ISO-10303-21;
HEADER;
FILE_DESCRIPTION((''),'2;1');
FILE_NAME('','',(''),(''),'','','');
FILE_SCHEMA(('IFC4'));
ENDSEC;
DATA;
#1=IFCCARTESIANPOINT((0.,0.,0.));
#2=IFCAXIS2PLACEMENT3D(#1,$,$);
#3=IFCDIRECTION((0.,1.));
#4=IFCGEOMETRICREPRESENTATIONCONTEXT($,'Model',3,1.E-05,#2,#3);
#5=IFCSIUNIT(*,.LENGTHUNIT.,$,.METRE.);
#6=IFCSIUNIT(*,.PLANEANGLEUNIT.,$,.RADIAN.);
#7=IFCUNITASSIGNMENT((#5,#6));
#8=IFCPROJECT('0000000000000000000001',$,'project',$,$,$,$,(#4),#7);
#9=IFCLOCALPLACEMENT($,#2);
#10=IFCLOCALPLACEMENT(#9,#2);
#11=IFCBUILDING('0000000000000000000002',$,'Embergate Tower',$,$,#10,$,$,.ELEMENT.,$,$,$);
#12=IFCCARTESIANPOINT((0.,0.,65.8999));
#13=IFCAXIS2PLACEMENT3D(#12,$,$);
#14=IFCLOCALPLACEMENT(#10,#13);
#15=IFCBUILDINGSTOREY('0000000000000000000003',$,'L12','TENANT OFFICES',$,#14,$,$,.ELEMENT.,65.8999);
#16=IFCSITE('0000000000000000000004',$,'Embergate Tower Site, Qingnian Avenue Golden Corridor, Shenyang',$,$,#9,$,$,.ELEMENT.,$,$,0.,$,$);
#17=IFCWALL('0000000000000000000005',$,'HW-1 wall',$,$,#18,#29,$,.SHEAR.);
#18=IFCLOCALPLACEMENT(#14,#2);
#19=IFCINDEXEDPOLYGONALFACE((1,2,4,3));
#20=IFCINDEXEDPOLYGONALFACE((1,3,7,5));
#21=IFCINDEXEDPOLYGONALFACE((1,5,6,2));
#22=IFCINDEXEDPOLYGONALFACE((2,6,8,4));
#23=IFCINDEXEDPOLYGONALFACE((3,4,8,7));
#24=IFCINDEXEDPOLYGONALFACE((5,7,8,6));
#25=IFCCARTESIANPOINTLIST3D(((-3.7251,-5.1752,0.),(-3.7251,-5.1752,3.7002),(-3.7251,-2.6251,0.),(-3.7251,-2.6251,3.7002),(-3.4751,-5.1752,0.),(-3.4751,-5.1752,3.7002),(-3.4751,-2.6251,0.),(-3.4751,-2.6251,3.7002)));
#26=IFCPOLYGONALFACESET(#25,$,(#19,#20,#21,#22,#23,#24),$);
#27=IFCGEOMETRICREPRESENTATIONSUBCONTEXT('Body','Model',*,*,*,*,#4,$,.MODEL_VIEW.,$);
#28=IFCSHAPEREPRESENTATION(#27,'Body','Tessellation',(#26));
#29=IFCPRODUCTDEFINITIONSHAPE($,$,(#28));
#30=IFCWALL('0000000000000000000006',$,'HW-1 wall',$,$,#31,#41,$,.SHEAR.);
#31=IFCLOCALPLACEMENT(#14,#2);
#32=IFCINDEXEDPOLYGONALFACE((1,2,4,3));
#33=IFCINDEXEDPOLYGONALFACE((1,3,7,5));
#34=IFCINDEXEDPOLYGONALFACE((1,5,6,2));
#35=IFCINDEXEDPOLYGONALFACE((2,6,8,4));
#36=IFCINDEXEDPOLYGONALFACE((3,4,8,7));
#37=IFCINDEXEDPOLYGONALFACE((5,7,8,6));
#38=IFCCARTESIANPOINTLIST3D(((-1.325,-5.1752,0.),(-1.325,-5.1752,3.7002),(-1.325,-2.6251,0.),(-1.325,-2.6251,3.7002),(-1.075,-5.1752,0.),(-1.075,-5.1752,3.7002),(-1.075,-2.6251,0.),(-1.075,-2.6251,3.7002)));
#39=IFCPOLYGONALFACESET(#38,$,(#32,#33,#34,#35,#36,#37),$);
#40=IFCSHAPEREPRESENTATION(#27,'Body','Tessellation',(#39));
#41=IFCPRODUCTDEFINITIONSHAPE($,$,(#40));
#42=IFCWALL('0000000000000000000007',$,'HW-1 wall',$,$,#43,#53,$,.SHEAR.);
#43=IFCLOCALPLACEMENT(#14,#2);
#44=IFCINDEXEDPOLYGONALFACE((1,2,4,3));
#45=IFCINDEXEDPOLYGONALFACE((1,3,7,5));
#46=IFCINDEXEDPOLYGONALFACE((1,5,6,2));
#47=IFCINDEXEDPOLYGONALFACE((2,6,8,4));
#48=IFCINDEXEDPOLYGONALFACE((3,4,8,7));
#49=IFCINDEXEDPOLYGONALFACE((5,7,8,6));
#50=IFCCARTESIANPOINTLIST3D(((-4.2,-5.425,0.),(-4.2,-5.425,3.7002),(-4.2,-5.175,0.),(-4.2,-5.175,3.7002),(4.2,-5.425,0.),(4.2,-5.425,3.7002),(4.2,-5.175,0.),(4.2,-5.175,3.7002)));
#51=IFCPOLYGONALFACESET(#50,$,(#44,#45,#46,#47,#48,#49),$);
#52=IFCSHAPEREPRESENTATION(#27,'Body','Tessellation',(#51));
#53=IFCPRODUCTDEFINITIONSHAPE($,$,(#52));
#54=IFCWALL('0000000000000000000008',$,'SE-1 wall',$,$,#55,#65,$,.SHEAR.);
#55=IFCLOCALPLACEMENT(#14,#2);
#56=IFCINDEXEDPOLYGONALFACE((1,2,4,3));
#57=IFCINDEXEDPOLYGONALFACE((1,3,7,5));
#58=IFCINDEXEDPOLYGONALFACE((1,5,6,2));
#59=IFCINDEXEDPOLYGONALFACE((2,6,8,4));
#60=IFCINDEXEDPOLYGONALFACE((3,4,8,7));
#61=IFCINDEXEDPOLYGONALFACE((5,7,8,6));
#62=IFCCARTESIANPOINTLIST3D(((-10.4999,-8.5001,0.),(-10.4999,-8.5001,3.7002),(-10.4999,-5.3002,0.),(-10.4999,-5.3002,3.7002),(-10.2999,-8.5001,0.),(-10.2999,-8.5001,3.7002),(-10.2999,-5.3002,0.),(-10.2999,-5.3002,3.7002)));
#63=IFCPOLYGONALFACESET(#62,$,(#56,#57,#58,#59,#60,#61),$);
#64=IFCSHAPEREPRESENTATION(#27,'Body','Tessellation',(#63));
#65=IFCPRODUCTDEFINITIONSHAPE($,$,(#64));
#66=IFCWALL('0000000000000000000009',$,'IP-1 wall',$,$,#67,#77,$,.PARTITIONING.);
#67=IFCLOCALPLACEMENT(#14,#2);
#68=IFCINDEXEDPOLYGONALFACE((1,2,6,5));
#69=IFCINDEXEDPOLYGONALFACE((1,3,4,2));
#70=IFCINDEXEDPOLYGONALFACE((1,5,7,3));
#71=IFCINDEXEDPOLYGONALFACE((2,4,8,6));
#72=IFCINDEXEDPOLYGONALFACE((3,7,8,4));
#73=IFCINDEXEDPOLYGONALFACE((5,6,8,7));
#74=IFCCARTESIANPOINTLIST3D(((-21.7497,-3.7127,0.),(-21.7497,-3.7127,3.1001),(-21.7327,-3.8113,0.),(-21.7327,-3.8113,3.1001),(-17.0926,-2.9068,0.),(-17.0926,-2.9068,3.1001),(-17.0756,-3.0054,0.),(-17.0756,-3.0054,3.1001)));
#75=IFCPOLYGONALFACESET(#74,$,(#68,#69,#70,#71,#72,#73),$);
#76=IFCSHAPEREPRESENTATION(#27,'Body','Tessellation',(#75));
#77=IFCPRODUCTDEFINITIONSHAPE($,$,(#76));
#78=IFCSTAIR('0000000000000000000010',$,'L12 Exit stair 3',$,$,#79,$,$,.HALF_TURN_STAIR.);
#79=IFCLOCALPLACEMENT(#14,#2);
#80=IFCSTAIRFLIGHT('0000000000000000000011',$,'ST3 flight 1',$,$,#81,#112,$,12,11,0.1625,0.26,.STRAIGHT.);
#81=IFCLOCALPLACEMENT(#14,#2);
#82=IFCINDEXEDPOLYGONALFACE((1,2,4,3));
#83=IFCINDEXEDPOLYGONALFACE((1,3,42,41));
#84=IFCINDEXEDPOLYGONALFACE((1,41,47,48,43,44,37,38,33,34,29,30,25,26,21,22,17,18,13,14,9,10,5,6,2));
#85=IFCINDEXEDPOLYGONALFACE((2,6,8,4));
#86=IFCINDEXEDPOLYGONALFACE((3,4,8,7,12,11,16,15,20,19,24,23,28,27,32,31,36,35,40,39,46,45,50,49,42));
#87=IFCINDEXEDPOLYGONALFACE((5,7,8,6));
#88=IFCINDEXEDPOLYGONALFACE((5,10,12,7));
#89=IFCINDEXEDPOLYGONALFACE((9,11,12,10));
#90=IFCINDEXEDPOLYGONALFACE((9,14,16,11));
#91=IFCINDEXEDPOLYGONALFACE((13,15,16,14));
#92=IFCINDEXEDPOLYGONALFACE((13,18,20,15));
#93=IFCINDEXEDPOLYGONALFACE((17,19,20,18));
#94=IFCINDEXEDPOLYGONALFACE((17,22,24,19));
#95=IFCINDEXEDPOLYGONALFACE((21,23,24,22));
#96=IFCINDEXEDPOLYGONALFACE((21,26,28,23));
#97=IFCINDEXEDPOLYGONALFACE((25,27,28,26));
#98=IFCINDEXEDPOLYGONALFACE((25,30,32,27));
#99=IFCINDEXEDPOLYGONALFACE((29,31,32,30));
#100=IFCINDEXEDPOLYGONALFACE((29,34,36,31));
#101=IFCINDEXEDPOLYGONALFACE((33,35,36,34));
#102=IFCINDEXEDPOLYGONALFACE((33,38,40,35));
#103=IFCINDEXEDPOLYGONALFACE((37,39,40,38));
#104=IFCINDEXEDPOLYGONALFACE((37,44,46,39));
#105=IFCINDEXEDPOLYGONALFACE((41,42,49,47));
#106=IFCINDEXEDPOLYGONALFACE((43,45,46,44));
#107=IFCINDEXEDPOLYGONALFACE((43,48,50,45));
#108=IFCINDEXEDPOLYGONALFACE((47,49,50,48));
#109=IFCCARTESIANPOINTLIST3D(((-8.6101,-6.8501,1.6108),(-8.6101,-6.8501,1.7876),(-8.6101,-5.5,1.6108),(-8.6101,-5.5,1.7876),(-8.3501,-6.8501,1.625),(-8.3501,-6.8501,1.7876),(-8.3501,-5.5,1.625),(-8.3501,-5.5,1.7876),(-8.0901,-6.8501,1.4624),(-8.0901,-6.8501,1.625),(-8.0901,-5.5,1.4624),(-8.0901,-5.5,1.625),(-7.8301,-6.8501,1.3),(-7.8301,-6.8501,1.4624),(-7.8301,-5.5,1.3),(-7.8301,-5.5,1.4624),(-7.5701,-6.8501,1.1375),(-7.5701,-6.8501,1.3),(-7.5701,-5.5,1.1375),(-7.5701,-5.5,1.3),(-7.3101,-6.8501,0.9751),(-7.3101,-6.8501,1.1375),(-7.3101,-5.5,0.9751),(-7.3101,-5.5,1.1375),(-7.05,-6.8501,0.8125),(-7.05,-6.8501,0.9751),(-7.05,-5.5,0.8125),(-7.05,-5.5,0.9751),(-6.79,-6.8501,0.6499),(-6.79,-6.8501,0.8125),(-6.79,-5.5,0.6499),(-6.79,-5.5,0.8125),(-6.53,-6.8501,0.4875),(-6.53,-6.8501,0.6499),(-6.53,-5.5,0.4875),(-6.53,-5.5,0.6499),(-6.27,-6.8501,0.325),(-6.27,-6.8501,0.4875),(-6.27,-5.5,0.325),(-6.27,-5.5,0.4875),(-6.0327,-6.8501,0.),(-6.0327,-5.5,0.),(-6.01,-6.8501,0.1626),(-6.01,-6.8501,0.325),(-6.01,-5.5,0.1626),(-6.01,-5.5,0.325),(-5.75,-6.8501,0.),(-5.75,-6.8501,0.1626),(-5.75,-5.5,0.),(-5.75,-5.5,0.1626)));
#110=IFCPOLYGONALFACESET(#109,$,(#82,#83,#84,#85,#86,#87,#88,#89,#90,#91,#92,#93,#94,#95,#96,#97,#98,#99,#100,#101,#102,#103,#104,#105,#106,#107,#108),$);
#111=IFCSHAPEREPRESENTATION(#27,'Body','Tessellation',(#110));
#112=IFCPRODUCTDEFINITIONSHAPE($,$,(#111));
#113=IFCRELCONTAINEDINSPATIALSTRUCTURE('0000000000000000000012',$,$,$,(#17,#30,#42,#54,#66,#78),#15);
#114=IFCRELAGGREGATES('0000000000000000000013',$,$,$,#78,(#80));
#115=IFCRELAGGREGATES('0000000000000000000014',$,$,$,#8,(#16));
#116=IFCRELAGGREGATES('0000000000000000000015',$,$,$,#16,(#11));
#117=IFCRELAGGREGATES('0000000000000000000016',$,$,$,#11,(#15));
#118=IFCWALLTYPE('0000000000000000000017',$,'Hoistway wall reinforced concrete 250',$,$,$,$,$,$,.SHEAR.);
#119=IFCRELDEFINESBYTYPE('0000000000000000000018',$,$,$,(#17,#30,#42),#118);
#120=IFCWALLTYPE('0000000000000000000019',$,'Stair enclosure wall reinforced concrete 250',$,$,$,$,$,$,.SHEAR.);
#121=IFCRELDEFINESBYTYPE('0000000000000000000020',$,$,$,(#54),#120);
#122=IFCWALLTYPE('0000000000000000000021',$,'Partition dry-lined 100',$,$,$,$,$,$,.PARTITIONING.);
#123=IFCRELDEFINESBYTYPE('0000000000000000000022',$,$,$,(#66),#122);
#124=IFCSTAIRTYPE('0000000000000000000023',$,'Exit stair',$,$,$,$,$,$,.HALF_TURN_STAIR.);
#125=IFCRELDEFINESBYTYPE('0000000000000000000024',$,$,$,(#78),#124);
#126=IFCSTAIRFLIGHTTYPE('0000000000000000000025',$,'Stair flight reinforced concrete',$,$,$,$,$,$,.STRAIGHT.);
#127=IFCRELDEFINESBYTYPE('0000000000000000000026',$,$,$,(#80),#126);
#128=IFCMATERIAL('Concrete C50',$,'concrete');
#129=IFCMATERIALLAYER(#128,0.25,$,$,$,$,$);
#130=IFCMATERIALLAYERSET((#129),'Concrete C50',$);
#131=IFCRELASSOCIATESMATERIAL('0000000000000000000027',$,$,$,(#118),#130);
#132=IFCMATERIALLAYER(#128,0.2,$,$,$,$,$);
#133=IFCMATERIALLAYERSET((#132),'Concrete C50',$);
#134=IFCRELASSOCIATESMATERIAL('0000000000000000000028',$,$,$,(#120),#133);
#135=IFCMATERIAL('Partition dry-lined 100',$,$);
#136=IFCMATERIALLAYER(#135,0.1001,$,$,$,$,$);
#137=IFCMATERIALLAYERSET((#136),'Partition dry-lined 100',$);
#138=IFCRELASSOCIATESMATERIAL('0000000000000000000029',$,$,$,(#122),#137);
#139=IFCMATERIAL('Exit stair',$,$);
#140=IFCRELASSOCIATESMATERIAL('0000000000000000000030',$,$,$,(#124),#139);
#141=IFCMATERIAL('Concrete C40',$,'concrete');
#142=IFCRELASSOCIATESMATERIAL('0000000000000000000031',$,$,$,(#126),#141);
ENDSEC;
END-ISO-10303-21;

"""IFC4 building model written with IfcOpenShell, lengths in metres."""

from ifc_helpers import new_model, si_unit, direction, frame, frame_2d, origin, place, context, subcontext, project, spatial, polyline, rectangle, outline, extrude, source, transform, mapped, material, layer, layer_set, type_object, element, aggregate, save


model = new_model("IFC4")

# Units and contexts
model_context = context("Model", 3, precision=1e-05, world=origin(), true_north=direction((0.0, 1.0)))
body_context = subcontext(model_context, "Body", "Model", "MODEL_VIEW")
ifc_project = project(units=[si_unit("LENGTHUNIT", "METRE"), si_unit("PLANEANGLEUNIT", "RADIAN")], contexts=[model_context])

# Site, building, storey
site_placement = place(None, origin())
site = spatial("IfcSite", under=ifc_project, at=site_placement, Name="Embergate Tower Site, Qingnian Avenue Golden Corridor, Shenyang", CompositionType="ELEMENT", RefElevation=0.0)
building_placement = place(site_placement, origin())
building = spatial("IfcBuilding", under=site, at=building_placement, Name="Embergate Tower", CompositionType="ELEMENT")
storey_placement = place(building_placement, frame((0.0, 0.0, 65.8999)))
storey = spatial("IfcBuildingStorey", under=building, at=storey_placement, Name="L12", Description="TENANT OFFICES", CompositionType="ELEMENT", Elevation=65.8999)

# Walls
ifc_material_1 = material(Name="Concrete C50", Category="concrete")
ifc_layer_1 = layer(ifc_material_1, 0.25)
ifc_layer_set_1 = layer_set([ifc_layer_1], Name="Concrete C50")
wall_type_1 = type_object("IfcWallType", Name="Hoistway wall reinforced concrete 250", PredefinedType="SHEAR", material=ifc_layer_set_1)
ifc_layer_2 = layer(ifc_material_1, 0.2)
ifc_layer_set_2 = layer_set([ifc_layer_2], Name="Concrete C50")
wall_type_2 = type_object("IfcWallType", Name="Stair enclosure wall reinforced concrete 250", PredefinedType="SHEAR", material=ifc_layer_set_2)
shared_shape_1 = source(origin(), body_context, "Body", "SweptSolid", [
    extrude(rectangle(XDim=2.55, YDim=0.25, at=frame_2d((1.2749, 0.0))), origin(), (0.0, 0.0, 1.0), 3.7002),
])
for number, where, z_axis, x_axis, name in (
    (1, (-3.6001, -5.175, 0.0), (0.0, 0.0, 1.0), (0.0, 1.0, 0.0), "HW-1 wall"),
    (2, (-1.2, -5.175, 0.0), (0.0, 0.0, 1.0), (0.0, 1.0, 0.0), "HW-1 wall"),
):
    element("IfcWall", number, at=place(storey_placement, frame(where, z_axis=z_axis, x_axis=x_axis)), inside=storey, type_object=wall_type_1, Name=name, PredefinedType="SHEAR", context=body_context, shape_type="MappedRepresentation", body=[
        mapped(shared_shape_1, transform((0.0, 0.0, 0.0))),
    ])
shared_shape_2 = source(origin(), body_context, "Body", "SweptSolid", [
    extrude(rectangle(XDim=8.3999, YDim=0.25, at=frame_2d((4.2, 0.0))), origin(), (0.0, 0.0, 1.0), 3.7002),
])
wall_1_placement = place(storey_placement, frame((-4.2, -5.3, 0.0), z_axis=(0.0, 0.0, 1.0), x_axis=(1.0, 0.0, 0.0)))
element("IfcWall", 3, at=wall_1_placement, inside=storey, type_object=wall_type_1, Name="HW-1 wall", PredefinedType="SHEAR", context=body_context, shape_type="MappedRepresentation", body=[
    mapped(shared_shape_2, transform((0.0, 0.0, 0.0))),
])
shared_shape_3 = source(origin(), body_context, "Body", "SweptSolid", [
    extrude(rectangle(XDim=3.2, YDim=0.2, at=frame_2d((1.6001, 0.0))), origin(), (0.0, 0.0, 1.0), 3.7002),
])
wall_2_placement = place(storey_placement, frame((-10.3999, -5.3, 0.0), z_axis=(0.0, 0.0, 1.0), x_axis=(0.0, -1.0, 0.0)))
element("IfcWall", 4, at=wall_2_placement, inside=storey, type_object=wall_type_2, Name="SE-1 wall", PredefinedType="SHEAR", context=body_context, shape_type="MappedRepresentation", body=[
    mapped(shared_shape_3, transform((0.0, 0.0, 0.0))),
])
ifc_material_2 = material(Name="Partition dry-lined 100")
ifc_layer_3 = layer(ifc_material_2, 0.1001)
ifc_layer_set_3 = layer_set([ifc_layer_3], Name="Partition dry-lined 100")
wall_type_3 = type_object("IfcWallType", Name="Partition dry-lined 100", PredefinedType="PARTITIONING", material=ifc_layer_set_3)
shared_shape_4 = source(origin(), body_context, "Body", "SweptSolid", [
    extrude(rectangle(XDim=4.7263, YDim=0.1001, at=frame_2d((2.3633, 0.0))), origin(), (0.0, 0.0, 1.0), 3.1001),
])
wall_3_placement = place(storey_placement, frame((-17.084, -2.9561, 0.0), z_axis=(0.0, 0.0, 1.0), x_axis=(-0.985354, -0.170519, 0.0)))
element("IfcWall", 5, at=wall_3_placement, inside=storey, type_object=wall_type_3, Name="IP-1 wall", PredefinedType="PARTITIONING", context=body_context, shape_type="MappedRepresentation", body=[
    mapped(shared_shape_4, transform((0.0, 0.0, 0.0))),
])

# Stair, stair flight
ifc_material_3 = material(Name="Exit stair")
stair_type = type_object("IfcStairType", Name="Exit stair", PredefinedType="HALF_TURN_STAIR", material=ifc_material_3)
stair_placement = place(storey_placement, origin())
stair = element("IfcStair", 6, at=stair_placement, inside=storey, type_object=stair_type, Name="L12 Exit stair 3", PredefinedType="HALF_TURN_STAIR")
ifc_material_4 = material(Name="Concrete C40", Category="concrete")
stair_flight_type = type_object("IfcStairFlightType", Name="Stair flight reinforced concrete", PredefinedType="STRAIGHT", material=ifc_material_4)
shared_shape_5 = source(origin(), body_context, "Body", "SweptSolid", [
    extrude(outline(polyline([(0.0, 0.0), (0.0, 0.1626), (0.26, 0.1626), (0.26, 0.325), (0.52, 0.325), (0.52, 0.4875), (0.78, 0.4875), (0.78, 0.6499), (1.04, 0.6499), (1.04, 0.8125), (1.3, 0.8125), (1.3, 0.9751), (1.5601, 0.9751), (1.5601, 1.1375), (1.8201, 1.1375), (1.8201, 1.3), (2.0801, 1.3), (2.0801, 1.4624), (2.3401, 1.4624), (2.3401, 1.625), (2.6001, 1.625), (2.6001, 1.7876), (2.8601, 1.7876), (2.8601, 1.95), (2.8601, 1.6108), (0.2827, 0.0), (0.0, 0.0)])), frame((0.0, 0.675, 0.0), z_axis=(0.0, -1.0, 0.0), x_axis=(1.0, 0.0, 0.0)), (0.0, 0.0, 1.0), 1.3501),
])
stair_flight_placement = place(storey_placement, frame((-5.75, -6.175, 0.0), z_axis=(0.0, 0.0, 1.0), x_axis=(-1.0, 0.0, 0.0)))
stair_flight = element("IfcStairFlight", 7, at=stair_flight_placement, type_object=stair_flight_type, Name="ST3 flight 1", NumberOfRisers=12, NumberOfTreads=11, PredefinedType="STRAIGHT", RiserHeight=0.1625, TreadLength=0.26, context=body_context, shape_type="MappedRepresentation", body=[
    mapped(shared_shape_5, transform((0.0, 0.0, 0.0))),
])
aggregate(stair, [stair_flight])

save(model, "model.ifc")
